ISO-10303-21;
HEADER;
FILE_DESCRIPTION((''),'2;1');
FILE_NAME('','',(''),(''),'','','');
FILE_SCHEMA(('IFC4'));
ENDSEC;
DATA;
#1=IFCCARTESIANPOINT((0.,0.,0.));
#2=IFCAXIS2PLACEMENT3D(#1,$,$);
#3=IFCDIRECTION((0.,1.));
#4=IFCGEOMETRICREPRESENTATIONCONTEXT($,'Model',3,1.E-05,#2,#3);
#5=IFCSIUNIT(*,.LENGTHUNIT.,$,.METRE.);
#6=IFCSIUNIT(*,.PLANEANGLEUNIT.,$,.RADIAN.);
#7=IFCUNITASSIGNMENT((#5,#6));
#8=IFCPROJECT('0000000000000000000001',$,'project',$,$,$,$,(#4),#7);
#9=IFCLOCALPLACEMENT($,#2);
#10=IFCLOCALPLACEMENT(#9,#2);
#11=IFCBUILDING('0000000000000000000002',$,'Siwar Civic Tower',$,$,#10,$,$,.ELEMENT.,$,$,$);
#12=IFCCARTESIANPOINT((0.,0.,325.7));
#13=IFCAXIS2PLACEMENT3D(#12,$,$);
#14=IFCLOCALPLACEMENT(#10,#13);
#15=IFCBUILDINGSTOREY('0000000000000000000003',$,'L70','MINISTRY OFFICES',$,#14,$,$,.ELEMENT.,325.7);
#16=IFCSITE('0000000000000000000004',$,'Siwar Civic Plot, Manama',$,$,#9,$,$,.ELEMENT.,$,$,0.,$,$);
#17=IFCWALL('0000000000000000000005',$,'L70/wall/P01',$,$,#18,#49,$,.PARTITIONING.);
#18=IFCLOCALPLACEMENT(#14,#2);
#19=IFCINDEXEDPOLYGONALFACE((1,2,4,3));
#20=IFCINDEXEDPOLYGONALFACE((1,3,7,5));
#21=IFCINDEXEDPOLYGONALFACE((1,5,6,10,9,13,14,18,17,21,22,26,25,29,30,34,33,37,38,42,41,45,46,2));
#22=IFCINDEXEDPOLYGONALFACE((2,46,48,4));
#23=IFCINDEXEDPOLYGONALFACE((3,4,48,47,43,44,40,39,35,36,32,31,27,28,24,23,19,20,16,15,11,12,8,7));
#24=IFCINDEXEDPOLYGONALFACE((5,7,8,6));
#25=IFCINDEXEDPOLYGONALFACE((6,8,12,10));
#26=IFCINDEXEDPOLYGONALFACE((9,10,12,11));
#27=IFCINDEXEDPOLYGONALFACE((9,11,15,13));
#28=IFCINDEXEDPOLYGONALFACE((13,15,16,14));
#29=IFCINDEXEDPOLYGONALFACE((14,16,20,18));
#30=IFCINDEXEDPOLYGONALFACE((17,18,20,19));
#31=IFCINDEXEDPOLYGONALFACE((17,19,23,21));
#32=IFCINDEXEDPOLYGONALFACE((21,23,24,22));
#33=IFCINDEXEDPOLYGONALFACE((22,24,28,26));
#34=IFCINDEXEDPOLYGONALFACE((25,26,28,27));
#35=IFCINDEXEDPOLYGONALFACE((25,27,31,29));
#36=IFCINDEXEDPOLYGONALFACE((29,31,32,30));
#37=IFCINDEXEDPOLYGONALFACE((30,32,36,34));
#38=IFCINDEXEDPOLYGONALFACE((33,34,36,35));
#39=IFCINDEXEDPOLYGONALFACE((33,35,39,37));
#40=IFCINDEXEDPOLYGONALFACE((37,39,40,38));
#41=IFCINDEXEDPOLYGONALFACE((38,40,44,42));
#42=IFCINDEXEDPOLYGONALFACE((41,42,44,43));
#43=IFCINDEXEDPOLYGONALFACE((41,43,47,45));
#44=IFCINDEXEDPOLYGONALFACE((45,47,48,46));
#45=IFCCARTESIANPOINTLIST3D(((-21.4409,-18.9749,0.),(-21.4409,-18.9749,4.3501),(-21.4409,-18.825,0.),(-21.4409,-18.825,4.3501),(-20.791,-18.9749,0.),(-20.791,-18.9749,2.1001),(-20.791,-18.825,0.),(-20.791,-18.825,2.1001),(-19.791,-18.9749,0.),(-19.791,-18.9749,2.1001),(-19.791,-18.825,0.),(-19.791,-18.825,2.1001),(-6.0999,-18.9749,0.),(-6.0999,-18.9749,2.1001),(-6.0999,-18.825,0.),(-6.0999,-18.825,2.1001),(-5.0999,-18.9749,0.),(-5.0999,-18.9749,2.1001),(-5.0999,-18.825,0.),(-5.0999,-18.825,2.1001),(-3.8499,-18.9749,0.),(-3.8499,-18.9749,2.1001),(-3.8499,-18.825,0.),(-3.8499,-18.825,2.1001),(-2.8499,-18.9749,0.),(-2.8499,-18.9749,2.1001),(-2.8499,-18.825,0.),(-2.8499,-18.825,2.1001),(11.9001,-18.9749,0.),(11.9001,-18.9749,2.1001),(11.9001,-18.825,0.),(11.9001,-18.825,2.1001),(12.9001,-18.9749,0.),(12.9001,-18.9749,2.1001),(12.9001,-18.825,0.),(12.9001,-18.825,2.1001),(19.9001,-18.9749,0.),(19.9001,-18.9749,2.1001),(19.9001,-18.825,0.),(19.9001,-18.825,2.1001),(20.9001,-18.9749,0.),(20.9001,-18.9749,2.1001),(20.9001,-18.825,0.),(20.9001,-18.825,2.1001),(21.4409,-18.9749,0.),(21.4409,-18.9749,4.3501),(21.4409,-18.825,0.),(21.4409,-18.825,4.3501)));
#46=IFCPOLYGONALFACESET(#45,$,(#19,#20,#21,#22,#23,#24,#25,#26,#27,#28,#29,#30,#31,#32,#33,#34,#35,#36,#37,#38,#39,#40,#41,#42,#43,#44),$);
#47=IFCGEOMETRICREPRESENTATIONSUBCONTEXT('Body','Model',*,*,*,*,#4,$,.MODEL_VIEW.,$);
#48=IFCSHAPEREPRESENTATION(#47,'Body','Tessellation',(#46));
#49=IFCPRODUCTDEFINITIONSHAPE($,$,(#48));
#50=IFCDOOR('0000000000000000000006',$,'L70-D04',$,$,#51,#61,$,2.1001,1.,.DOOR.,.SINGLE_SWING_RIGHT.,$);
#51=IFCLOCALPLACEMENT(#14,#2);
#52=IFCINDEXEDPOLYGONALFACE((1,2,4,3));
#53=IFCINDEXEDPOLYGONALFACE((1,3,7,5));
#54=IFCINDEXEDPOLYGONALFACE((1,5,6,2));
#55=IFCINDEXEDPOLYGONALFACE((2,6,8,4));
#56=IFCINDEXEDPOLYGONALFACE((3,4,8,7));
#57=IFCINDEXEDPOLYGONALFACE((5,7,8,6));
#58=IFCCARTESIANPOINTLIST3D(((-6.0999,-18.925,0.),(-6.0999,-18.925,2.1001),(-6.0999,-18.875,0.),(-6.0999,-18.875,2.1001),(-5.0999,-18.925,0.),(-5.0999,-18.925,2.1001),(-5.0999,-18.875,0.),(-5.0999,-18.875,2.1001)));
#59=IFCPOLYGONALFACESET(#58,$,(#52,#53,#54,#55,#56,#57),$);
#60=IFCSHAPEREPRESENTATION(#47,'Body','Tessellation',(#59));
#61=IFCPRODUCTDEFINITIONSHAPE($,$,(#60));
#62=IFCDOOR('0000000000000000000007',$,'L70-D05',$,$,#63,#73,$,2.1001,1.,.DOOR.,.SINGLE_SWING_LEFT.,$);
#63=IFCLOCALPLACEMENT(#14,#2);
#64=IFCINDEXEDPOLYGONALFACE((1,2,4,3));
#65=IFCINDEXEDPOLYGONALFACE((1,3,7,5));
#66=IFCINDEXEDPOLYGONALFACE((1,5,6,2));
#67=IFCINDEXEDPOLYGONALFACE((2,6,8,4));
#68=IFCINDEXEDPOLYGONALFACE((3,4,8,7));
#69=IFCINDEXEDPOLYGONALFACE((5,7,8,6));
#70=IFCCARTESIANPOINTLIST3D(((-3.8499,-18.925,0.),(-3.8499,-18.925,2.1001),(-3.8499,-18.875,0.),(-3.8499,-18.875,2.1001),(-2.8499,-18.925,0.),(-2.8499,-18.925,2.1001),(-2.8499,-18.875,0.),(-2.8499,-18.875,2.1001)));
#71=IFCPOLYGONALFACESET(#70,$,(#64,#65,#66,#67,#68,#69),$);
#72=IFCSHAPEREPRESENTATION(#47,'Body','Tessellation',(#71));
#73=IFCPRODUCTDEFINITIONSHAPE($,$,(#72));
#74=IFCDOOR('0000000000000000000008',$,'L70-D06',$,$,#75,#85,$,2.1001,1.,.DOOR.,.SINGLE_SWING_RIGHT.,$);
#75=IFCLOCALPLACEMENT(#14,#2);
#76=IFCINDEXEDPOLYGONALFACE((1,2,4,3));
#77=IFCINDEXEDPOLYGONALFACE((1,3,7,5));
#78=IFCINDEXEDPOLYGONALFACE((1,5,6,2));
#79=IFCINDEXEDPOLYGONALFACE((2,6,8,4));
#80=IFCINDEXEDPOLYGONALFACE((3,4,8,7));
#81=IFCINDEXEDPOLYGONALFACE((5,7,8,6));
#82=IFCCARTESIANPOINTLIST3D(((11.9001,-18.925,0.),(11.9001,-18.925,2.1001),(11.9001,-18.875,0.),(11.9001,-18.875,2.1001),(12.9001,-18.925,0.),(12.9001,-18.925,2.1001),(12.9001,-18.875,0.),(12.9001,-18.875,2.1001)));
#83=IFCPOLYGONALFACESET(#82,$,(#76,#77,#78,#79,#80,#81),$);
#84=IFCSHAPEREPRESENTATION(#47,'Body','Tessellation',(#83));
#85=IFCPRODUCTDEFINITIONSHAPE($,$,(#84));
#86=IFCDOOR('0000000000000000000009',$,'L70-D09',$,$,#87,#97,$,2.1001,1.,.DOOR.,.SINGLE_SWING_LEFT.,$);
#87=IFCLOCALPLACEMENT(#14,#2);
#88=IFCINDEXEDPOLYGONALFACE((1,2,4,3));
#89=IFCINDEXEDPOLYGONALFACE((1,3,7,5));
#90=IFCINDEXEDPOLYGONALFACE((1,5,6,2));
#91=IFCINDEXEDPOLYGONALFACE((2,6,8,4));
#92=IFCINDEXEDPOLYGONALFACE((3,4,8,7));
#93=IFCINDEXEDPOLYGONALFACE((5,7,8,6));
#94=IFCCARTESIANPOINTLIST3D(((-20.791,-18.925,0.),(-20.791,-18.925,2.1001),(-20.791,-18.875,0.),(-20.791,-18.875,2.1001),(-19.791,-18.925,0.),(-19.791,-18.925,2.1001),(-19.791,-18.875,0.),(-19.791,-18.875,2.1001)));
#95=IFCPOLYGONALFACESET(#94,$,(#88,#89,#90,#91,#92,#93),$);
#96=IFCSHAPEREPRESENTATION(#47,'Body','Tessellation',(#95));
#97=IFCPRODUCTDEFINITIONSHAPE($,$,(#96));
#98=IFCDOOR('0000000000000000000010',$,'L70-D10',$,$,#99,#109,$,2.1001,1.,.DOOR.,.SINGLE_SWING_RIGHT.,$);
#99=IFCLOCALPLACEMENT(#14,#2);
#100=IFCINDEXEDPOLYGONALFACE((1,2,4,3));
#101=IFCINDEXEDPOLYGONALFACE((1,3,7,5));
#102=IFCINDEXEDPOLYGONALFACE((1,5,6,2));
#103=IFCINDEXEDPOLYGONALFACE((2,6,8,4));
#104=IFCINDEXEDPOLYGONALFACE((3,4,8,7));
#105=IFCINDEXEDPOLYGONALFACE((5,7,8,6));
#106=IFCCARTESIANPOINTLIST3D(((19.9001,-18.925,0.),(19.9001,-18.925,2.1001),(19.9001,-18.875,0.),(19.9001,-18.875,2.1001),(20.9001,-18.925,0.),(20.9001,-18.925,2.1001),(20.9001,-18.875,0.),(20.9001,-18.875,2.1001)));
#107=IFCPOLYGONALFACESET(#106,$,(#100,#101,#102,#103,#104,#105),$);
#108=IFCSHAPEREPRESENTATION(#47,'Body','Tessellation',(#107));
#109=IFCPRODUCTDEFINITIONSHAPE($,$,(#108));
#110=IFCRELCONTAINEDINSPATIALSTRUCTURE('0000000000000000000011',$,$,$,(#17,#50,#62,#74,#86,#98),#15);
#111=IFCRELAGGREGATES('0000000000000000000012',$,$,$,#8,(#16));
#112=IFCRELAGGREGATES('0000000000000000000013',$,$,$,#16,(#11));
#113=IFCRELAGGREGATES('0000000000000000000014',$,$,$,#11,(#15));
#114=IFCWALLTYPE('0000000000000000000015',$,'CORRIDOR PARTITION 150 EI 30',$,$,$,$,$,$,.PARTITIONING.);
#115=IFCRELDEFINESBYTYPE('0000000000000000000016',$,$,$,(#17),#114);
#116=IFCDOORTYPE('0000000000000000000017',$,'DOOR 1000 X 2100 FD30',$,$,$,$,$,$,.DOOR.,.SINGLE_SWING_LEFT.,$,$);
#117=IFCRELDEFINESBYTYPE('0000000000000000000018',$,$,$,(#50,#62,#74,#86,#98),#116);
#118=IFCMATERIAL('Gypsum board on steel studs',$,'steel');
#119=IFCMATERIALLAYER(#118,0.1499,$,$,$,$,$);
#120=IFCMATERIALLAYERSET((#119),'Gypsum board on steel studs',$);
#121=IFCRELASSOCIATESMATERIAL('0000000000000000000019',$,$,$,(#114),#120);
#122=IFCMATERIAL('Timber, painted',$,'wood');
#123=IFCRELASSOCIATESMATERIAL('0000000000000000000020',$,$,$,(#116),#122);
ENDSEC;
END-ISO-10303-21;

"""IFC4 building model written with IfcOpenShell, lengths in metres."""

from ifc_helpers import new_model, si_unit, direction, frame, frame_2d, origin, place, context, subcontext, project, spatial, rectangle, extrude, material, layer, layer_set, type_object, element, fill, save


model = new_model("IFC4")

# Units and contexts
model_context = context("Model", 3, precision=1e-05, world=origin(), true_north=direction((0.0, 1.0)))
body_context = subcontext(model_context, "Body", "Model", "MODEL_VIEW")
ifc_project = project(units=[si_unit("LENGTHUNIT", "METRE"), si_unit("PLANEANGLEUNIT", "RADIAN")], contexts=[model_context])

# Site, building, storey
site_placement = place(None, origin())
site = spatial("IfcSite", under=ifc_project, at=site_placement, Name="Siwar Civic Plot, Manama", CompositionType="ELEMENT", RefElevation=0.0)
building_placement = place(site_placement, origin())
building = spatial("IfcBuilding", under=site, at=building_placement, Name="Siwar Civic Tower", CompositionType="ELEMENT")
storey_placement = place(building_placement, frame((0.0, 0.0, 325.7)))
storey = spatial("IfcBuildingStorey", under=building, at=storey_placement, Name="L70", Description="MINISTRY OFFICES", CompositionType="ELEMENT", Elevation=325.7)

# Wall, openings, doors
ifc_material_1 = material(Name="Gypsum board on steel studs", Category="steel")
ifc_layer_1 = layer(ifc_material_1, 0.1499)
ifc_layer_set_1 = layer_set([ifc_layer_1], Name="Gypsum board on steel studs")
wall_type = type_object("IfcWallType", Name="CORRIDOR PARTITION 150 EI 30", PredefinedType="PARTITIONING", material=ifc_layer_set_1)
wall_1_placement = place(storey_placement, frame((-21.4409, -18.8999, 0.0), z_axis=(0.0, 0.0, 1.0), x_axis=(1.0, 0.0, 0.0)))
wall_1 = element("IfcWall", 1, at=wall_1_placement, inside=storey, type_object=wall_type, Name="L70/wall/P01", PredefinedType="PARTITIONING", context=body_context, shape_type="SweptSolid", body=[
    extrude(rectangle(XDim=42.8818, YDim=0.1499, at=frame_2d((21.4409, 0.0))), origin(), (0.0, 0.0, 1.0), 4.3501),
])
opening_1_placement = place(wall_1_placement, frame((15.3411, 0.0, 0.0)))
opening_1 = element("IfcOpeningElement", 2, at=opening_1_placement, cuts=wall_1, PredefinedType="OPENING", context=body_context, shape_type="SweptSolid", body=[
    extrude(rectangle(XDim=1.0, YDim=2.1001, at=frame_2d((0.5, 1.05))), frame((0.0, 0.085, 0.0), z_axis=(0.0, -1.0, 0.0), x_axis=(1.0, 0.0, 0.0)), (0.0, 0.0, 1.0), 0.1699),
])
opening_2_placement = place(wall_1_placement, frame((17.5911, 0.0, 0.0)))
opening_2 = element("IfcOpeningElement", 3, at=opening_2_placement, cuts=wall_1, PredefinedType="OPENING", context=body_context, shape_type="SweptSolid", body=[
    extrude(rectangle(XDim=1.0, YDim=2.1001, at=frame_2d((0.5, 1.05))), frame((0.0, 0.085, 0.0), z_axis=(0.0, -1.0, 0.0), x_axis=(1.0, 0.0, 0.0)), (0.0, 0.0, 1.0), 0.1699),
])
opening_3_placement = place(wall_1_placement, frame((33.3411, 0.0, 0.0)))
opening_3 = element("IfcOpeningElement", 4, at=opening_3_placement, cuts=wall_1, PredefinedType="OPENING", context=body_context, shape_type="SweptSolid", body=[
    extrude(rectangle(XDim=1.0, YDim=2.1001, at=frame_2d((0.5, 1.05))), frame((0.0, 0.085, 0.0), z_axis=(0.0, -1.0, 0.0), x_axis=(1.0, 0.0, 0.0)), (0.0, 0.0, 1.0), 0.1699),
])
opening_4_placement = place(wall_1_placement, frame((0.6499, 0.0, 0.0)))
opening_4 = element("IfcOpeningElement", 5, at=opening_4_placement, cuts=wall_1, PredefinedType="OPENING", context=body_context, shape_type="SweptSolid", body=[
    extrude(rectangle(XDim=1.0, YDim=2.1001, at=frame_2d((0.5, 1.05))), frame((0.0, 0.085, 0.0), z_axis=(0.0, -1.0, 0.0), x_axis=(1.0, 0.0, 0.0)), (0.0, 0.0, 1.0), 0.1699),
])
opening_5_placement = place(wall_1_placement, frame((41.3411, 0.0, 0.0)))
opening_5 = element("IfcOpeningElement", 6, at=opening_5_placement, cuts=wall_1, PredefinedType="OPENING", context=body_context, shape_type="SweptSolid", body=[
    extrude(rectangle(XDim=1.0, YDim=2.1001, at=frame_2d((0.5, 1.05))), frame((0.0, 0.085, 0.0), z_axis=(0.0, -1.0, 0.0), x_axis=(1.0, 0.0, 0.0)), (0.0, 0.0, 1.0), 0.1699),
])
ifc_material_2 = material(Name="Timber, painted", Category="wood")
door_type = type_object("IfcDoorType", Name="DOOR 1000 X 2100 FD30", OperationType="SINGLE_SWING_LEFT", PredefinedType="DOOR", material=ifc_material_2)
door_1_placement = place(opening_1_placement, origin())
door_1 = element("IfcDoor", 7, at=door_1_placement, inside=storey, type_object=door_type, Name="L70-D04", OperationType="SINGLE_SWING_RIGHT", OverallHeight=2.1001, OverallWidth=1.0, PredefinedType="DOOR", context=body_context, shape_type="SweptSolid", body=[
    extrude(rectangle(XDim=1.0, YDim=2.1001, at=frame_2d((0.5, 1.05))), frame((0.0, 0.0249, 0.0), z_axis=(0.0, -1.0, 0.0), x_axis=(1.0, 0.0, 0.0)), (0.0, 0.0, 1.0), 0.05),
])
fill(opening_1, door_1)
door_2_placement = place(opening_2_placement, origin())
door_2 = element("IfcDoor", 8, at=door_2_placement, inside=storey, type_object=door_type, Name="L70-D05", OperationType="SINGLE_SWING_LEFT", OverallHeight=2.1001, OverallWidth=1.0, PredefinedType="DOOR", context=body_context, shape_type="SweptSolid", body=[
    extrude(rectangle(XDim=1.0, YDim=2.1001, at=frame_2d((0.5, 1.05))), frame((0.0, 0.0249, 0.0), z_axis=(0.0, -1.0, 0.0), x_axis=(1.0, 0.0, 0.0)), (0.0, 0.0, 1.0), 0.05),
])
fill(opening_2, door_2)
door_3_placement = place(opening_3_placement, origin())
door_3 = element("IfcDoor", 9, at=door_3_placement, inside=storey, type_object=door_type, Name="L70-D06", OperationType="SINGLE_SWING_RIGHT", OverallHeight=2.1001, OverallWidth=1.0, PredefinedType="DOOR", context=body_context, shape_type="SweptSolid", body=[
    extrude(rectangle(XDim=1.0, YDim=2.1001, at=frame_2d((0.5, 1.05))), frame((0.0, 0.0249, 0.0), z_axis=(0.0, -1.0, 0.0), x_axis=(1.0, 0.0, 0.0)), (0.0, 0.0, 1.0), 0.05),
])
fill(opening_3, door_3)
door_4_placement = place(opening_4_placement, origin())
door_4 = element("IfcDoor", 10, at=door_4_placement, inside=storey, type_object=door_type, Name="L70-D09", OperationType="SINGLE_SWING_LEFT", OverallHeight=2.1001, OverallWidth=1.0, PredefinedType="DOOR", context=body_context, shape_type="SweptSolid", body=[
    extrude(rectangle(XDim=1.0, YDim=2.1001, at=frame_2d((0.5, 1.05))), frame((0.0, 0.0249, 0.0), z_axis=(0.0, -1.0, 0.0), x_axis=(1.0, 0.0, 0.0)), (0.0, 0.0, 1.0), 0.05),
])
fill(opening_4, door_4)
door_5_placement = place(opening_5_placement, origin())
door_5 = element("IfcDoor", 11, at=door_5_placement, inside=storey, type_object=door_type, Name="L70-D10", OperationType="SINGLE_SWING_RIGHT", OverallHeight=2.1001, OverallWidth=1.0, PredefinedType="DOOR", context=body_context, shape_type="SweptSolid", body=[
    extrude(rectangle(XDim=1.0, YDim=2.1001, at=frame_2d((0.5, 1.05))), frame((0.0, 0.0249, 0.0), z_axis=(0.0, -1.0, 0.0), x_axis=(1.0, 0.0, 0.0)), (0.0, 0.0, 1.0), 0.05),
])
fill(opening_5, door_5)

save(model, "model.ifc")
